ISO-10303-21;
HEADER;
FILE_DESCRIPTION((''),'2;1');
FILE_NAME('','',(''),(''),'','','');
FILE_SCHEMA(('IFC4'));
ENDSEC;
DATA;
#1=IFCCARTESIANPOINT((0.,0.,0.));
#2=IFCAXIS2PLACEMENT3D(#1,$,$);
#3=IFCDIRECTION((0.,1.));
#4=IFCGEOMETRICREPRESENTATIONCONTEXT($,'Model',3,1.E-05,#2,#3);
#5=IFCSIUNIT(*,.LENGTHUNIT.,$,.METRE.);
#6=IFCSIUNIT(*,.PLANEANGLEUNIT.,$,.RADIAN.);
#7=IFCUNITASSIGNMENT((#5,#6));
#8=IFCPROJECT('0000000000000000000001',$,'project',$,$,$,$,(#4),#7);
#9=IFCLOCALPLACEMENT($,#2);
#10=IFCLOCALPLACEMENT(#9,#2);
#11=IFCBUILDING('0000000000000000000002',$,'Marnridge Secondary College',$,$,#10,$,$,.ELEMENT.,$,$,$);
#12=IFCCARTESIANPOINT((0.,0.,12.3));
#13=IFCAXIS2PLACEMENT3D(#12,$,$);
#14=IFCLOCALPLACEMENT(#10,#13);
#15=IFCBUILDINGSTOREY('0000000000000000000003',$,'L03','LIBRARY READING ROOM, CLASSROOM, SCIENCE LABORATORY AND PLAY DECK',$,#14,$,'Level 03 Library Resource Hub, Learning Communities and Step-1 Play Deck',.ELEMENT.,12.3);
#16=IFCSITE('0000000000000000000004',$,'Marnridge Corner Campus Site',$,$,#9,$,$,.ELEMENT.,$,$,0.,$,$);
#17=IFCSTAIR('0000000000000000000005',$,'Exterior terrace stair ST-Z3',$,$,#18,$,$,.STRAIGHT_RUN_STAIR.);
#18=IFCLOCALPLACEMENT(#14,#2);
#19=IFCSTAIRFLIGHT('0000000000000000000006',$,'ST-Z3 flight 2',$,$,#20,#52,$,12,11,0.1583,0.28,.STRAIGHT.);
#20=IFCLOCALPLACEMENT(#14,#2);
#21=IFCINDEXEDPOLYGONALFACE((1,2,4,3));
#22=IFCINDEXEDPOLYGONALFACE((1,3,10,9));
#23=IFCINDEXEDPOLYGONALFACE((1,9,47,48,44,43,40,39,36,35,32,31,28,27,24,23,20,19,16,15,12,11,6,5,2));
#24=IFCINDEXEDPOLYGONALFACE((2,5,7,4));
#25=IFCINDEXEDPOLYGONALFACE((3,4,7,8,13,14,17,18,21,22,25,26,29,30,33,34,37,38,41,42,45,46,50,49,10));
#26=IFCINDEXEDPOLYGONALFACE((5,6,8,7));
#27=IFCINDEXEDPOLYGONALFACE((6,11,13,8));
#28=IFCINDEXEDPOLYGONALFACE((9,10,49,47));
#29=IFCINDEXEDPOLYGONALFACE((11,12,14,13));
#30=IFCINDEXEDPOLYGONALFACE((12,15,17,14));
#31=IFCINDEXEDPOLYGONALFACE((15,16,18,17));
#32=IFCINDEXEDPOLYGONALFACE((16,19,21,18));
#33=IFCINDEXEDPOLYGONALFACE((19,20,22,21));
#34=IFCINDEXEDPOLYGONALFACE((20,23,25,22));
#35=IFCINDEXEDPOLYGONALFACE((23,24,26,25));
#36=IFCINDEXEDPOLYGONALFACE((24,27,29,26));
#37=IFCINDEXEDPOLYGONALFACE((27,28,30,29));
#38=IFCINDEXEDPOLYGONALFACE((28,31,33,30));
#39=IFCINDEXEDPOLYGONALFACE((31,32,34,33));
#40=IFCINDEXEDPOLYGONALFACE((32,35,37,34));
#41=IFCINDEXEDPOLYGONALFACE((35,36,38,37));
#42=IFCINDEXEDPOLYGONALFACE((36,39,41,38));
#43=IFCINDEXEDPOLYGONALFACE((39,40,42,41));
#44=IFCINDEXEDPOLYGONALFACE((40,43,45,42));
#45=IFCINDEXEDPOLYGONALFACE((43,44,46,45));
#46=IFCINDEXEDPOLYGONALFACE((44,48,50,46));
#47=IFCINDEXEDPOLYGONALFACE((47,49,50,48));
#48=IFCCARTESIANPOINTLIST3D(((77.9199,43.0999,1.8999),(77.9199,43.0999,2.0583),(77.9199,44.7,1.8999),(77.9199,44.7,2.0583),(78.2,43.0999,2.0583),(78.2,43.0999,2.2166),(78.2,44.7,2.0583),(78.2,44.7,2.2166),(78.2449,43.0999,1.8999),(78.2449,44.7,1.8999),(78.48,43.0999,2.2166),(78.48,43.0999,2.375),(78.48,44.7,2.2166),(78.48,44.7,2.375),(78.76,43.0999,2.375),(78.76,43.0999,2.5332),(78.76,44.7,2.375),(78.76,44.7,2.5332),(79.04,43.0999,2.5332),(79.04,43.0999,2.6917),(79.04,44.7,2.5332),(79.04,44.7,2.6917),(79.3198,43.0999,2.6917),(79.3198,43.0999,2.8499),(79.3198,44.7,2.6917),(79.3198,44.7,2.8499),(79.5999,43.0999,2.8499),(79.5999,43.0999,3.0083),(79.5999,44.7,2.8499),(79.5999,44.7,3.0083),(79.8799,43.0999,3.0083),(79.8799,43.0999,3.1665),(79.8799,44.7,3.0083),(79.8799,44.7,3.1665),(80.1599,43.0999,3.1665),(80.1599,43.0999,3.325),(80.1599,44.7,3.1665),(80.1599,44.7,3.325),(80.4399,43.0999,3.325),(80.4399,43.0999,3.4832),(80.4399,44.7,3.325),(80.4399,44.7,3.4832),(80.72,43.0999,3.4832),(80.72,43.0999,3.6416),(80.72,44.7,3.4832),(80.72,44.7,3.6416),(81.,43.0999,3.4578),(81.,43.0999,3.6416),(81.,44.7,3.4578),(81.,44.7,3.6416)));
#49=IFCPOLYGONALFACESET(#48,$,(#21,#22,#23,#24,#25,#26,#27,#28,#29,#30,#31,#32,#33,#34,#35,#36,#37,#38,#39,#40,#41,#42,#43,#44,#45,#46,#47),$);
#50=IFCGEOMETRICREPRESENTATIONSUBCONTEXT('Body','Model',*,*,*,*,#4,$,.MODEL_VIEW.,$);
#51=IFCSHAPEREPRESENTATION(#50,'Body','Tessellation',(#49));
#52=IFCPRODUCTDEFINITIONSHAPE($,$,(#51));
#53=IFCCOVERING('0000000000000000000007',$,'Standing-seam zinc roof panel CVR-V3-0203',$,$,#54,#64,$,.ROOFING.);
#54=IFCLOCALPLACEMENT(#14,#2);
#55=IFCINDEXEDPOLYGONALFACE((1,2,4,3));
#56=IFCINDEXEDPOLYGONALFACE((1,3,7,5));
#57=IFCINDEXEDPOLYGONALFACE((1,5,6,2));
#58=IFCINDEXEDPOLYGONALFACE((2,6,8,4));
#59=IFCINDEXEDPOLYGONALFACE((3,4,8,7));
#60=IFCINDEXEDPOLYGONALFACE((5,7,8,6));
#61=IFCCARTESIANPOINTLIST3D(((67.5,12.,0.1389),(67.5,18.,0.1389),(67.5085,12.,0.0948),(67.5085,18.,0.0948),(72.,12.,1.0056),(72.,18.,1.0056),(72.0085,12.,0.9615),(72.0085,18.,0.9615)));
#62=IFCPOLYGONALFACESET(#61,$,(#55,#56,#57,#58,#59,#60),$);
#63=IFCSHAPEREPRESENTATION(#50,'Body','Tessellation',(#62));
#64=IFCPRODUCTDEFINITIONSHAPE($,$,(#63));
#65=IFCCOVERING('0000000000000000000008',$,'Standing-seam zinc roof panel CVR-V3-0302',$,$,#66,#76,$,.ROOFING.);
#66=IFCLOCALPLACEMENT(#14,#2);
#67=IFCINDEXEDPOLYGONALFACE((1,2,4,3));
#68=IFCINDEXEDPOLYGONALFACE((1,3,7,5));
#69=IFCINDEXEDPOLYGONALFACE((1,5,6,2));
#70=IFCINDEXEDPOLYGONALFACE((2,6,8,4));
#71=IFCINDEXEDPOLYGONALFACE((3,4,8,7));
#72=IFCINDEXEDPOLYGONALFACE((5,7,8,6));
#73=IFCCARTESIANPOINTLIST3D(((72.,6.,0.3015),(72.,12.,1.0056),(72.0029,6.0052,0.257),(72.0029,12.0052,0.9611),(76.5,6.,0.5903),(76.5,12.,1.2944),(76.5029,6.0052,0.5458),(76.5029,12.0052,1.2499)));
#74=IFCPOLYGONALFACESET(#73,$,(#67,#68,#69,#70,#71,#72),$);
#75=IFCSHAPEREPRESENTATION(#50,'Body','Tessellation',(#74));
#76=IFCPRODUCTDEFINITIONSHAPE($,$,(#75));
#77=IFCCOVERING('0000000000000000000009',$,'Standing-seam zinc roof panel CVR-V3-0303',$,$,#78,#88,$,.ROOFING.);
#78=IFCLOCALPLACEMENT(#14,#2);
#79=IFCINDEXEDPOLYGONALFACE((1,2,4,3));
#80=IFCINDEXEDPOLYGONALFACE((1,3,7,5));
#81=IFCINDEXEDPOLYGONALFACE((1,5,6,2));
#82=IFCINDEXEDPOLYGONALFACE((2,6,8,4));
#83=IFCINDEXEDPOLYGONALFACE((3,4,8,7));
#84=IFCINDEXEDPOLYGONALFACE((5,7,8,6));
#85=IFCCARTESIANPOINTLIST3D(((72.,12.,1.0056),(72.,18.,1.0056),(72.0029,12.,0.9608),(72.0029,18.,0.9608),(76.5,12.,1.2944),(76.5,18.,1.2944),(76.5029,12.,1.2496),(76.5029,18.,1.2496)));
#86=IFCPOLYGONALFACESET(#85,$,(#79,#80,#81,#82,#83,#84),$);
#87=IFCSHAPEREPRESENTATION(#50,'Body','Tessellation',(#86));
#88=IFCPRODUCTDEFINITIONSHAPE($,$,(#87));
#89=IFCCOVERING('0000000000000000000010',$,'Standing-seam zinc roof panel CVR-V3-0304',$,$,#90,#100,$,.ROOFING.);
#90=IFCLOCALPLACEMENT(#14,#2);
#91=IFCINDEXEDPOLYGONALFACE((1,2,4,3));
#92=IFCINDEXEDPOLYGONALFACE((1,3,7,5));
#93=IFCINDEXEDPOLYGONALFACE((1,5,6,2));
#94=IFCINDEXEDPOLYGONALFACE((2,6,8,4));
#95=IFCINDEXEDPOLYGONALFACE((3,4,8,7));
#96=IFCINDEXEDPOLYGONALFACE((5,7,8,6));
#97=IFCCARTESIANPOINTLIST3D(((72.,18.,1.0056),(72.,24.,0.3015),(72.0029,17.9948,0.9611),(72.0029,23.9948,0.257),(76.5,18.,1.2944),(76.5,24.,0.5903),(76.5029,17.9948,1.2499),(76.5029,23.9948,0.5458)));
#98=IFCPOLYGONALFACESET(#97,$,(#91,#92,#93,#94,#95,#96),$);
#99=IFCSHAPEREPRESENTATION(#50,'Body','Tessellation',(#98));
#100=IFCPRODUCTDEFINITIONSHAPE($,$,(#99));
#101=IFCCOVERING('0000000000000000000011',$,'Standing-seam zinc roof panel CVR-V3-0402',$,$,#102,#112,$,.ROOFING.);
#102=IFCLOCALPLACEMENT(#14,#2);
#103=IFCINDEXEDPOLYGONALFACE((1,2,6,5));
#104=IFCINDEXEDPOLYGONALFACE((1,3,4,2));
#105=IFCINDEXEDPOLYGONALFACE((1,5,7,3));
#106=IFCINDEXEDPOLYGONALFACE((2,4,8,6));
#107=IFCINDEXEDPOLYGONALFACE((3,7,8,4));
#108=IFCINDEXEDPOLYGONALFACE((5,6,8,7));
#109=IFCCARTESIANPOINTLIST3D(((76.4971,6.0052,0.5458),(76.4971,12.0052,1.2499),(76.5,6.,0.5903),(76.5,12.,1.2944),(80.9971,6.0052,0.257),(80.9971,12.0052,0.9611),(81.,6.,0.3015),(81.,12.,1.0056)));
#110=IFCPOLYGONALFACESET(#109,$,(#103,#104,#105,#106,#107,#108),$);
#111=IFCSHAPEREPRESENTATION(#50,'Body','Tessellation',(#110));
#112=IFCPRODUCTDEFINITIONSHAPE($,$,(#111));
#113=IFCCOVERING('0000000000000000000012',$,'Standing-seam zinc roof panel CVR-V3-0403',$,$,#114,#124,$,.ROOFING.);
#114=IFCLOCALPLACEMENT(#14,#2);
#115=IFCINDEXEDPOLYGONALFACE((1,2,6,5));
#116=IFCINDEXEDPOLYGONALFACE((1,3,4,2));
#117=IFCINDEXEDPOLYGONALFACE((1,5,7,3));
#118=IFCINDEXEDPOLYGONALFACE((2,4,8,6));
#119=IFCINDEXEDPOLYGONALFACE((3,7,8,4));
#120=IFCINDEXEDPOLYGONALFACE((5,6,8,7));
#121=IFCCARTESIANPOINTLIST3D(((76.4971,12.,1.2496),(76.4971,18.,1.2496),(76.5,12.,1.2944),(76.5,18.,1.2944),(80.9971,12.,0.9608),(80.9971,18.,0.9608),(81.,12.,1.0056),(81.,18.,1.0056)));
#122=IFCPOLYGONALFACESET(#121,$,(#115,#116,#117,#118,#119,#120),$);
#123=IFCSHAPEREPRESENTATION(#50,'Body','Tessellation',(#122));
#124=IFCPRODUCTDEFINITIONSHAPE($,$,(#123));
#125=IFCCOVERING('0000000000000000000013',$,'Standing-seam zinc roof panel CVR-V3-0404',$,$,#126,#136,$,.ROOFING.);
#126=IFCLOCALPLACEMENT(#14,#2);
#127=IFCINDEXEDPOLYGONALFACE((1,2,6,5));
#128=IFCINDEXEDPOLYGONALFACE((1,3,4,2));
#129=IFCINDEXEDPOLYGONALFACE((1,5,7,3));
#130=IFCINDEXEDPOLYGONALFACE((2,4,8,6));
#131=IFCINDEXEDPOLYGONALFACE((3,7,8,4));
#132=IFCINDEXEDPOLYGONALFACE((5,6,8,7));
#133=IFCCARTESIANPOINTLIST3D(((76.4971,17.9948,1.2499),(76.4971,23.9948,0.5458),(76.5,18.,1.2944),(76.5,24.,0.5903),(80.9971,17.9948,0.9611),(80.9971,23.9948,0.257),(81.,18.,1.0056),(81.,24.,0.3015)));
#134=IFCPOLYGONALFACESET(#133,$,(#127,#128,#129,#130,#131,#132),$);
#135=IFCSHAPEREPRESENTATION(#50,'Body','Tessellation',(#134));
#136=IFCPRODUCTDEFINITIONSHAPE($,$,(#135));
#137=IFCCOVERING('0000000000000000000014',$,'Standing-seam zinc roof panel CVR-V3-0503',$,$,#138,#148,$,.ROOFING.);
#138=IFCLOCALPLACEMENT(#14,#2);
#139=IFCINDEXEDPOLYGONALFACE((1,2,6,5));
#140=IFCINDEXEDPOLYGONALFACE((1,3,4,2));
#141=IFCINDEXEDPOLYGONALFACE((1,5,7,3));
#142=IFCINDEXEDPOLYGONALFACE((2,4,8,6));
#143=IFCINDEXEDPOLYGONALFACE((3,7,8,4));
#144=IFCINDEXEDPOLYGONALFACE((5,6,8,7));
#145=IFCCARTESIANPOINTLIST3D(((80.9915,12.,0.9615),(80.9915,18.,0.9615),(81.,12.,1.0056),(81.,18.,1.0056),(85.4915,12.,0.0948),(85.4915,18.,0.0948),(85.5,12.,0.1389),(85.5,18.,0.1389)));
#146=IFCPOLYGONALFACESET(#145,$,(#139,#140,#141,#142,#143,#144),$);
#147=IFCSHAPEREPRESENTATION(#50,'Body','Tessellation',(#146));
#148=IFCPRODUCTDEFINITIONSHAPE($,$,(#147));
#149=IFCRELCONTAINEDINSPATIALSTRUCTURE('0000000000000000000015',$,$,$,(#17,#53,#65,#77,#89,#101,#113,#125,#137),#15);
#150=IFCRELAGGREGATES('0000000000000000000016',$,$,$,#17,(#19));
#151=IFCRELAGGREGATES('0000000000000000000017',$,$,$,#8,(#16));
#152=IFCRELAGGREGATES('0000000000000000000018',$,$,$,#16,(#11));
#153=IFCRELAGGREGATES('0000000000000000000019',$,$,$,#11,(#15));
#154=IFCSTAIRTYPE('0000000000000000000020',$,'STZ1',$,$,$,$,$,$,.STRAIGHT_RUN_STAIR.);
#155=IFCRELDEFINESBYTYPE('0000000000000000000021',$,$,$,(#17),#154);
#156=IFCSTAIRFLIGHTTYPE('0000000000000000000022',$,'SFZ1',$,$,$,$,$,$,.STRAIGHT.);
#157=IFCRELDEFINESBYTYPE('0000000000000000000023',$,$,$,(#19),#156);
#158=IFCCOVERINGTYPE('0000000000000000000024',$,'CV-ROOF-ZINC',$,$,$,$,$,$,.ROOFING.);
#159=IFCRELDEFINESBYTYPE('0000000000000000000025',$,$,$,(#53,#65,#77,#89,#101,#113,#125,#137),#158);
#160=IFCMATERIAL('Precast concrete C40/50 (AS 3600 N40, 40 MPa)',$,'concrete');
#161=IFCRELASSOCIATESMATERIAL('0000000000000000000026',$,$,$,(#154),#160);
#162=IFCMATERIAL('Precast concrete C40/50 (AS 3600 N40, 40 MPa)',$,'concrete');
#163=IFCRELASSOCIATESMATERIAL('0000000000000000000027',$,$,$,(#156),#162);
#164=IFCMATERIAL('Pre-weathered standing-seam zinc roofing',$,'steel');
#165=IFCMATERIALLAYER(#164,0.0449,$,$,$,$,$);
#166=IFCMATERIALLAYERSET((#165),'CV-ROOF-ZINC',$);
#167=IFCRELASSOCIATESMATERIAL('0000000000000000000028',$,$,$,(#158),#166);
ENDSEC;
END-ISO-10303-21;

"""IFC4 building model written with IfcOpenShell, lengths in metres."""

from ifc_helpers import new_model, si_unit, direction, frame, origin, place, context, subcontext, project, spatial, polyline, outline, extrude, material, layer, layer_set, type_object, element, aggregate, save


model = new_model("IFC4")

# Units and contexts
model_context = context("Model", 3, precision=1e-05, world=origin(), true_north=direction((0.0, 1.0)))
body_context = subcontext(model_context, "Body", "Model", "MODEL_VIEW")
ifc_project = project(units=[si_unit("LENGTHUNIT", "METRE"), si_unit("PLANEANGLEUNIT", "RADIAN")], contexts=[model_context])

# Site, building, storey
site_placement = place(None, origin())
site = spatial("IfcSite", under=ifc_project, at=site_placement, Name="Marnridge Corner Campus Site", CompositionType="ELEMENT", RefElevation=0.0)
building_placement = place(site_placement, origin())
building = spatial("IfcBuilding", under=site, at=building_placement, Name="Marnridge Secondary College", CompositionType="ELEMENT")
storey_placement = place(building_placement, frame((0.0, 0.0, 12.3)))
storey = spatial("IfcBuildingStorey", under=building, at=storey_placement, Name="L03", Description="LIBRARY READING ROOM, CLASSROOM, SCIENCE LABORATORY AND PLAY DECK", LongName="Level 03 Library Resource Hub, Learning Communities and Step-1 Play Deck", CompositionType="ELEMENT", Elevation=12.3)

# Stair, stair flight
ifc_material_1 = material(Name="Precast concrete C40/50 (AS 3600 N40, 40 MPa)", Category="concrete")
stair_type = type_object("IfcStairType", Name="STZ1", PredefinedType="STRAIGHT_RUN_STAIR", material=ifc_material_1)
stair_placement = place(storey_placement, origin())
stair = element("IfcStair", 1, at=stair_placement, inside=storey, type_object=stair_type, Name="Exterior terrace stair ST-Z3", PredefinedType="STRAIGHT_RUN_STAIR")
ifc_material_2 = material(Name="Precast concrete C40/50 (AS 3600 N40, 40 MPa)", Category="concrete")
stair_flight_type = type_object("IfcStairFlightType", Name="SFZ1", PredefinedType="STRAIGHT", material=ifc_material_2)
stair_flight_1_placement = place(storey_placement, frame((77.9199, 43.8999, 1.8999), z_axis=(0.0, 0.0, 1.0), x_axis=(1.0, 0.0, 0.0)))
stair_flight_1 = element("IfcStairFlight", 2, at=stair_flight_1_placement, type_object=stair_flight_type, Name="ST-Z3 flight 2", NumberOfRisers=12, NumberOfTreads=11, PredefinedType="STRAIGHT", RiserHeight=0.1583, TreadLength=0.28, context=body_context, shape_type="SweptSolid", body=[
    extrude(outline(polyline([(0.0, 0.0), (0.0, 0.1584), (0.28, 0.1584), (0.28, 0.3167), (0.5601, 0.3167), (0.5601, 0.4751), (0.8401, 0.4751), (0.8401, 0.6333), (1.1201, 0.6333), (1.1201, 0.7917), (1.3999, 0.7917), (1.3999, 0.95), (1.6799, 0.95), (1.6799, 1.1084), (1.96, 1.1084), (1.96, 1.2666), (2.24, 1.2666), (2.24, 1.425), (2.52, 1.425), (2.52, 1.5833), (2.8, 1.5833), (2.8, 1.7417), (3.0801, 1.7417), (3.0801, 1.8999), (3.0801, 1.5579), (0.325, 0.0), (0.0, 0.0)])), frame((0.0, 0.8, 0.0), z_axis=(0.0, -1.0, 0.0), x_axis=(1.0, 0.0, 0.0)), (0.0, 0.0, 1.0), 1.6001),
])
aggregate(stair, [stair_flight_1])

# Coverings
ifc_material_3 = material(Name="Pre-weathered standing-seam zinc roofing", Category="steel")
ifc_layer_1 = layer(ifc_material_3, 0.0449)
ifc_layer_set_1 = layer_set([ifc_layer_1], Name="CV-ROOF-ZINC")
covering_type = type_object("IfcCoveringType", Name="CV-ROOF-ZINC", PredefinedType="ROOFING", material=ifc_layer_set_1)
covering_1_placement = place(storey_placement, frame((67.5, 12.0, 0.1389), z_axis=(-0.189124, 0.0, 0.981953), x_axis=(0.981953, 0.0, 0.189124)))
element("IfcCovering", 3, at=covering_1_placement, inside=storey, type_object=covering_type, Name="Standing-seam zinc roof panel CVR-V3-0203", PredefinedType="ROOFING", context=body_context, shape_type="SweptSolid", body=[
    extrude(outline(polyline([(0.0, 0.0), (4.5827, 0.0), (4.5827, 6.0), (0.0, 6.0), (0.0, 0.0)])), origin(), (0.0, 0.0, -1.0), 0.0449),
])
covering_2_placement = place(storey_placement, frame((72.0, 6.0, 0.3015), z_axis=(-0.063615, -0.116314, 0.991173), x_axis=(0.997947, 0.0, 0.06405)))
element("IfcCovering", 4, at=covering_2_placement, inside=storey, type_object=covering_type, Name="Standing-seam zinc roof panel CVR-V3-0302", PredefinedType="ROOFING", context=body_context, shape_type="SweptSolid", body=[
    extrude(outline(polyline([(0.0, 0.0), (4.5093, 0.0), (4.5544, 6.041), (0.0451, 6.041), (0.0, 0.0)])), origin(), (0.0, 0.0, -1.0), 0.0449),
])
covering_3_placement = place(storey_placement, frame((72.0, 12.0, 1.0056), z_axis=(-0.06405, 0.0, 0.997947), x_axis=(0.997947, 0.0, 0.06405)))
element("IfcCovering", 5, at=covering_3_placement, inside=storey, type_object=covering_type, Name="Standing-seam zinc roof panel CVR-V3-0303", PredefinedType="ROOFING", context=body_context, shape_type="SweptSolid", body=[
    extrude(outline(polyline([(0.0, 0.0), (4.5093, 0.0), (4.5093, 6.0), (0.0, 6.0), (0.0, 0.0)])), origin(), (0.0, 0.0, -1.0), 0.0449),
])
for number, where, z_axis, x_axis, name in (
    (6, (72.0, 18.0, 1.0056), (-0.063615, 0.116314, 0.991173), (0.997947, 0.0, 0.06405), "Standing-seam zinc roof panel CVR-V3-0304"),
    (7, (76.5, 6.0, 0.5903), (0.063615, -0.116314, 0.991173), (0.997947, 0.0, -0.06405), "Standing-seam zinc roof panel CVR-V3-0402"),
):
    element("IfcCovering", number, at=place(storey_placement, frame(where, z_axis=z_axis, x_axis=x_axis)), inside=storey, type_object=covering_type, Name=name, PredefinedType="ROOFING", context=body_context, shape_type="SweptSolid", body=[
        extrude(outline(polyline([(0.0, 0.0), (4.5093, 0.0), (4.4642, 6.041), (-0.0451, 6.041), (0.0, 0.0)])), origin(), (0.0, 0.0, -1.0), 0.0449),
    ])
covering_4_placement = place(storey_placement, frame((76.5, 12.0, 1.2944), z_axis=(0.06405, 0.0, 0.997947), x_axis=(0.997947, 0.0, -0.06405)))
element("IfcCovering", 8, at=covering_4_placement, inside=storey, type_object=covering_type, Name="Standing-seam zinc roof panel CVR-V3-0403", PredefinedType="ROOFING", context=body_context, shape_type="SweptSolid", body=[
    extrude(outline(polyline([(0.0, 0.0), (4.5093, 0.0), (4.5093, 6.0), (0.0, 6.0), (0.0, 0.0)])), origin(), (0.0, 0.0, -1.0), 0.0449),
])
covering_5_placement = place(storey_placement, frame((76.5, 18.0, 1.2944), z_axis=(0.063615, 0.116314, 0.991173), x_axis=(0.997947, 0.0, -0.06405)))
element("IfcCovering", 9, at=covering_5_placement, inside=storey, type_object=covering_type, Name="Standing-seam zinc roof panel CVR-V3-0404", PredefinedType="ROOFING", context=body_context, shape_type="SweptSolid", body=[
    extrude(outline(polyline([(0.0, 0.0), (4.5093, 0.0), (4.5544, 6.041), (0.0451, 6.041), (0.0, 0.0)])), origin(), (0.0, 0.0, -1.0), 0.0449),
])
covering_6_placement = place(storey_placement, frame((81.0, 12.0, 1.0056), z_axis=(0.189124, 0.0, 0.981953), x_axis=(0.981953, 0.0, -0.189124)))
element("IfcCovering", 10, at=covering_6_placement, inside=storey, type_object=covering_type, Name="Standing-seam zinc roof panel CVR-V3-0503", PredefinedType="ROOFING", context=body_context, shape_type="SweptSolid", body=[
    extrude(outline(polyline([(0.0, 0.0), (4.5827, 0.0), (4.5827, 6.0), (0.0, 6.0), (0.0, 0.0)])), origin(), (0.0, 0.0, -1.0), 0.0449),
])

save(model, "model.ifc")
